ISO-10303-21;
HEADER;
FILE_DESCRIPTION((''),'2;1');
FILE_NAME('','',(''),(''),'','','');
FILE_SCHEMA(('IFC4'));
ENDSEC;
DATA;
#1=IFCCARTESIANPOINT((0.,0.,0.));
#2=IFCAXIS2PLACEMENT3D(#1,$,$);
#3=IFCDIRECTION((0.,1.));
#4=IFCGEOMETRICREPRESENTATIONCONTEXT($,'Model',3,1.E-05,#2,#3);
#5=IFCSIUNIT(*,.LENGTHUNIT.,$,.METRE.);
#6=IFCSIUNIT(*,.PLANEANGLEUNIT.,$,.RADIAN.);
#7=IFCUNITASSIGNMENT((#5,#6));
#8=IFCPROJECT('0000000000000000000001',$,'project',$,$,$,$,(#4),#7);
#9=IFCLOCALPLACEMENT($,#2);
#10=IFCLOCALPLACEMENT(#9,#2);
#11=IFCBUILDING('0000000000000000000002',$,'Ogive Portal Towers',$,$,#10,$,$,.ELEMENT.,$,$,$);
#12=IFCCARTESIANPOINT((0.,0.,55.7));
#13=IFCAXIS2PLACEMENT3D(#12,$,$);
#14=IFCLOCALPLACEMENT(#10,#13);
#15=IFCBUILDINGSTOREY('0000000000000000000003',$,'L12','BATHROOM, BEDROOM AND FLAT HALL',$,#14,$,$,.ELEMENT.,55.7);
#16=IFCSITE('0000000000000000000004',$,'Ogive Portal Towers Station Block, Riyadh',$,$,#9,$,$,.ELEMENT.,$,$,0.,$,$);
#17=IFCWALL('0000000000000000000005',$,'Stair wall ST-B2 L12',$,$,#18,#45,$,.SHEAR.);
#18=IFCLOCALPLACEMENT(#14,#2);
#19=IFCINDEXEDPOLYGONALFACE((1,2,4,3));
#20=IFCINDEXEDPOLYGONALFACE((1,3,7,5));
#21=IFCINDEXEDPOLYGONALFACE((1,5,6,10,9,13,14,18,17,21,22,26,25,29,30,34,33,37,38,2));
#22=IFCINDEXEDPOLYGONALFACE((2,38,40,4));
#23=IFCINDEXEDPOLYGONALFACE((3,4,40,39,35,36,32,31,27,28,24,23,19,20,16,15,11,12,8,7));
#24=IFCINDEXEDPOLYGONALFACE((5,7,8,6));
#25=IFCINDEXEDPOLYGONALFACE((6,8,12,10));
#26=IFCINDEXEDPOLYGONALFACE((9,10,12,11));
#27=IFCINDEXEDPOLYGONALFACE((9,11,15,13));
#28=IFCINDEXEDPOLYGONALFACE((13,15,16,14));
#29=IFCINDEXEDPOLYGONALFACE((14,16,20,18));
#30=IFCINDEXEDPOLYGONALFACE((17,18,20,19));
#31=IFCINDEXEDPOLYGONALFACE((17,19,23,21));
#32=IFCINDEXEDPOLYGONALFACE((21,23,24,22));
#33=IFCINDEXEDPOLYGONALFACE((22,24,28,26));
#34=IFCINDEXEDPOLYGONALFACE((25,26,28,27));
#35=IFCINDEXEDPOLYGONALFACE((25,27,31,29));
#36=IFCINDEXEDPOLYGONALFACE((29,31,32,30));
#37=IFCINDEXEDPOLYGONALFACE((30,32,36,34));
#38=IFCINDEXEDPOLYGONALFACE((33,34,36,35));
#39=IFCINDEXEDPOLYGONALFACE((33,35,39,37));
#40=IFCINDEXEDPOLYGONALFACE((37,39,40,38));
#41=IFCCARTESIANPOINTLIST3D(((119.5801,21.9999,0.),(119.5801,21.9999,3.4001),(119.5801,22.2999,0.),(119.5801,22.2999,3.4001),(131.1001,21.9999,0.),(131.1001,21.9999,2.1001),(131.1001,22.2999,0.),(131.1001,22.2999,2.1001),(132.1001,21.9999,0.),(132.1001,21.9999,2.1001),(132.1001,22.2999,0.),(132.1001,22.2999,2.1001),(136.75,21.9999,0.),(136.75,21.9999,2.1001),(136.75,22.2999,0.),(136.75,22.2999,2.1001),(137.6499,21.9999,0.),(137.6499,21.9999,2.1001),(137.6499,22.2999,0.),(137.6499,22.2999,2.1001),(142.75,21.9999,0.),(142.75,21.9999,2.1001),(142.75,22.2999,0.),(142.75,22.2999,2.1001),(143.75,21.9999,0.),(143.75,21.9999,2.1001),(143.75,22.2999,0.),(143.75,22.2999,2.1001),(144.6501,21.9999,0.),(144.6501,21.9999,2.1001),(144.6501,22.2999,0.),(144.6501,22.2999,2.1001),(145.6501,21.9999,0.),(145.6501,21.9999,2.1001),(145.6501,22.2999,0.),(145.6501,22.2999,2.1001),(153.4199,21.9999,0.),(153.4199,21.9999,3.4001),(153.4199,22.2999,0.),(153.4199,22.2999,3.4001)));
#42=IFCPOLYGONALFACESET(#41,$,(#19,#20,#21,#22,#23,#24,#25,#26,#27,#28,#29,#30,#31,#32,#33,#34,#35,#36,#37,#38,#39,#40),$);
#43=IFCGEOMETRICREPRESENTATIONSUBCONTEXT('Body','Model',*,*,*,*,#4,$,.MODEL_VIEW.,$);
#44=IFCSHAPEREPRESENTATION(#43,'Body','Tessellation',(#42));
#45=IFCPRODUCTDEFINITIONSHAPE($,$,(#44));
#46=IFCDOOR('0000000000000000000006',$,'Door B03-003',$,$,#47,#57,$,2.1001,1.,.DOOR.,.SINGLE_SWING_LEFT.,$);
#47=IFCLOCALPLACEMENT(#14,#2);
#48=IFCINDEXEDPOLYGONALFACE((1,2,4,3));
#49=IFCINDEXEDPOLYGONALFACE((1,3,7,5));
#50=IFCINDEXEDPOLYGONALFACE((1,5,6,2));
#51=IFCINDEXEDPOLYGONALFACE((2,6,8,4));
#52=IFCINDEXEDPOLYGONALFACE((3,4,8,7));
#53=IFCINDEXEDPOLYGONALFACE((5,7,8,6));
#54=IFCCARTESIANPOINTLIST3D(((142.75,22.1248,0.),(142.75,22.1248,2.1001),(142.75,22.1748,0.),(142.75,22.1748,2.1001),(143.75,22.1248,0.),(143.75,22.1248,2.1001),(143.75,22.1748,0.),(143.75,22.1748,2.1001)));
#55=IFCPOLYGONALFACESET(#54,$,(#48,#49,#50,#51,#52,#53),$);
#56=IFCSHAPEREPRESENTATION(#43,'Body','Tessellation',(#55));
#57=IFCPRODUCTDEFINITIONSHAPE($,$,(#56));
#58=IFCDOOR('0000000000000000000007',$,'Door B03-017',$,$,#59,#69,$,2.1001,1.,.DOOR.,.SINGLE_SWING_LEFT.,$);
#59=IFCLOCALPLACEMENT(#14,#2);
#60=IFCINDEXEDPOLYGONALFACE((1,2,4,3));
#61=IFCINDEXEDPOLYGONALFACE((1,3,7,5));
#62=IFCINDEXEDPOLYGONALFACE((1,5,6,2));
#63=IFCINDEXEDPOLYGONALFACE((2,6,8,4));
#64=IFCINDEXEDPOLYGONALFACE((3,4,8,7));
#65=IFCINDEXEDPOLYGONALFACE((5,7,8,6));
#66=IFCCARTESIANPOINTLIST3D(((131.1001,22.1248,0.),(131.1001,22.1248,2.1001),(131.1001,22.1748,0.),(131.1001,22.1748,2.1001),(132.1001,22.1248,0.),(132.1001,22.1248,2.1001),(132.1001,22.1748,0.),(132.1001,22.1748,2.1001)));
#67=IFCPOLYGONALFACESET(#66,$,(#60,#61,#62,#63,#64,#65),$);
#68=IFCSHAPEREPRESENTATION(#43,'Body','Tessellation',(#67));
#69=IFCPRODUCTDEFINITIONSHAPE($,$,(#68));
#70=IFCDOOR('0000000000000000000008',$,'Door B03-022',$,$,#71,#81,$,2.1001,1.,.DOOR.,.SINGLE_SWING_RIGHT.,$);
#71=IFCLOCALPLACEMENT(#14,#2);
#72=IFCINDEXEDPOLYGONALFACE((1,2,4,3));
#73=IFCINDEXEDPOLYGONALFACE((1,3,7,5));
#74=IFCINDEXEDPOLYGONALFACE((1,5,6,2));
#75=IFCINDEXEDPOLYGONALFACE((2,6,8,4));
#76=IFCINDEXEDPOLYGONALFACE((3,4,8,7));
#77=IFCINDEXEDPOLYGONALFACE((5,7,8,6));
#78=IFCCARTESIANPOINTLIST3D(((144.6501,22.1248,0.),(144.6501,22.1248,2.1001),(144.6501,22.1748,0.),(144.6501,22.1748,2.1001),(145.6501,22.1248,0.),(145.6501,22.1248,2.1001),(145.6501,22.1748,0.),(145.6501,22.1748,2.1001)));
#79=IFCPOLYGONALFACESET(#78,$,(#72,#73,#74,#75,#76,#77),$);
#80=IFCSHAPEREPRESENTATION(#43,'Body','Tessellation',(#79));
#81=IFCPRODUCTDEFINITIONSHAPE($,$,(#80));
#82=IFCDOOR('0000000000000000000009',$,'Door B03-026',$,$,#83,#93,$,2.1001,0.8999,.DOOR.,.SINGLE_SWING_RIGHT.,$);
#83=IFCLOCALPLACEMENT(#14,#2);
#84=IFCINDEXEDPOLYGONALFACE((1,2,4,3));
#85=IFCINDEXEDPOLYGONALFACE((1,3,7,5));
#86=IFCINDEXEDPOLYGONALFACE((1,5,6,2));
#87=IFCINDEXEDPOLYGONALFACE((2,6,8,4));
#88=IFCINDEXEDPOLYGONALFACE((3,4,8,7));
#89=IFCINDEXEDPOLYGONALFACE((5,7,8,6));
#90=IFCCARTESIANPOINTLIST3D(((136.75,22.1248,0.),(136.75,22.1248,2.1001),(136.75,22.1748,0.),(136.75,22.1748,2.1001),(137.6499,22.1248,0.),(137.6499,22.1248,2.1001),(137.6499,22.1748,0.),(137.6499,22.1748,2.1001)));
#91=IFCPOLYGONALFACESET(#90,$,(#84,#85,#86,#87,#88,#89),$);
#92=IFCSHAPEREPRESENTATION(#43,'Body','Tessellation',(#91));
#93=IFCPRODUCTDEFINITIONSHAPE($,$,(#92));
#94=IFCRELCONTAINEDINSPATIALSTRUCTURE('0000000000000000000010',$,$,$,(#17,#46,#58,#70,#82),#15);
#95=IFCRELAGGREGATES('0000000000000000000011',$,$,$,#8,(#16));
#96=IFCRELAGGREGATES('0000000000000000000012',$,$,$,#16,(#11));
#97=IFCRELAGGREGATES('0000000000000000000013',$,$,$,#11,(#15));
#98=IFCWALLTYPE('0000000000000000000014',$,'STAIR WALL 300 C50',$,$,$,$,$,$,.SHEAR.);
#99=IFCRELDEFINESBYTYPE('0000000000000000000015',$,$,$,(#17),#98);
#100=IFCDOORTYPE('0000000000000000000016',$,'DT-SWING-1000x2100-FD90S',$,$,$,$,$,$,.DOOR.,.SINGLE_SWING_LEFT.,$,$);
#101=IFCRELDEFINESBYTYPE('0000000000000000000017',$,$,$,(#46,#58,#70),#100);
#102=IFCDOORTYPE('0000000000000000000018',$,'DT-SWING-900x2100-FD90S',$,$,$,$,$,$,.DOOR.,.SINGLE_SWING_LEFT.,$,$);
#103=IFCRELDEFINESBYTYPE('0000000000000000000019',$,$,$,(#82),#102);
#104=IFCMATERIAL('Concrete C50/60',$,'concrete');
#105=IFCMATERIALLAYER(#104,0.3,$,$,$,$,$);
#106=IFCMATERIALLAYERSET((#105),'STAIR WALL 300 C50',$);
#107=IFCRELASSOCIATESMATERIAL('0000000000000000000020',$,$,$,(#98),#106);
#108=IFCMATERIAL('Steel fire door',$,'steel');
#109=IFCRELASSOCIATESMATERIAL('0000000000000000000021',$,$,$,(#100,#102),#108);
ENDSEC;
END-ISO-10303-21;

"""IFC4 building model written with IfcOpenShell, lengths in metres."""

from ifc_helpers import new_model, si_unit, direction, frame, frame_2d, origin, place, context, subcontext, project, spatial, rectangle, extrude, material, layer, layer_set, type_object, element, fill, save


model = new_model("IFC4")

# Units and contexts
model_context = context("Model", 3, precision=1e-05, world=origin(), true_north=direction((0.0, 1.0)))
body_context = subcontext(model_context, "Body", "Model", "MODEL_VIEW")
ifc_project = project(units=[si_unit("LENGTHUNIT", "METRE"), si_unit("PLANEANGLEUNIT", "RADIAN")], contexts=[model_context])

# Site, building, storey
site_placement = place(None, origin())
site = spatial("IfcSite", under=ifc_project, at=site_placement, Name="Ogive Portal Towers Station Block, Riyadh", CompositionType="ELEMENT", RefElevation=0.0)
building_placement = place(site_placement, origin())
building = spatial("IfcBuilding", under=site, at=building_placement, Name="Ogive Portal Towers", CompositionType="ELEMENT")
storey_placement = place(building_placement, frame((0.0, 0.0, 55.7)))
storey = spatial("IfcBuildingStorey", under=building, at=storey_placement, Name="L12", Description="BATHROOM, BEDROOM AND FLAT HALL", CompositionType="ELEMENT", Elevation=55.7)

# Wall, openings, doors
ifc_material_1 = material(Name="Concrete C50/60", Category="concrete")
ifc_layer_1 = layer(ifc_material_1, 0.3)
ifc_layer_set_1 = layer_set([ifc_layer_1], Name="STAIR WALL 300 C50")
wall_type_1 = type_object("IfcWallType", Name="STAIR WALL 300 C50", PredefinedType="SHEAR", material=ifc_layer_set_1)
wall_1_placement = place(storey_placement, frame((119.5801, 22.1499, 0.0), z_axis=(0.0, 0.0, 1.0), x_axis=(1.0, 0.0, 0.0)))
wall_1 = element("IfcWall", 1, at=wall_1_placement, inside=storey, type_object=wall_type_1, Name="Stair wall ST-B2 L12", PredefinedType="SHEAR", context=body_context, shape_type="SweptSolid", body=[
    extrude(rectangle(XDim=33.8398, YDim=0.3, at=frame_2d((16.9199, 0.0))), origin(), (0.0, 0.0, 1.0), 3.4001),
])
opening_1_placement = place(wall_1_placement, frame((23.1699, 0.0, 0.0)))
opening_1 = element("IfcOpeningElement", 2, at=opening_1_placement, cuts=wall_1, PredefinedType="OPENING", context=body_context, shape_type="SweptSolid", body=[
    extrude(rectangle(XDim=1.0, YDim=2.1001, at=frame_2d((0.5, 1.05))), frame((0.0, 0.1602, 0.0), z_axis=(0.0, -1.0, 0.0), x_axis=(1.0, 0.0, 0.0)), (0.0, 0.0, 1.0), 0.3201),
])
opening_2_placement = place(wall_1_placement, frame((11.52, 0.0, 0.0)))
opening_2 = element("IfcOpeningElement", 3, at=opening_2_placement, cuts=wall_1, PredefinedType="OPENING", context=body_context, shape_type="SweptSolid", body=[
    extrude(rectangle(XDim=1.0, YDim=2.1001, at=frame_2d((0.5, 1.05))), frame((0.0, 0.1602, 0.0), z_axis=(0.0, -1.0, 0.0), x_axis=(1.0, 0.0, 0.0)), (0.0, 0.0, 1.0), 0.3201),
])
opening_3_placement = place(wall_1_placement, frame((25.0701, 0.0, 0.0)))
opening_3 = element("IfcOpeningElement", 4, at=opening_3_placement, cuts=wall_1, PredefinedType="OPENING", context=body_context, shape_type="SweptSolid", body=[
    extrude(rectangle(XDim=1.0, YDim=2.1001, at=frame_2d((0.5, 1.05))), frame((0.0, 0.1602, 0.0), z_axis=(0.0, -1.0, 0.0), x_axis=(1.0, 0.0, 0.0)), (0.0, 0.0, 1.0), 0.3201),
])
opening_4_placement = place(wall_1_placement, frame((17.1699, 0.0, 0.0)))
opening_4 = element("IfcOpeningElement", 5, at=opening_4_placement, cuts=wall_1, PredefinedType="OPENING", context=body_context, shape_type="SweptSolid", body=[
    extrude(rectangle(XDim=0.8999, YDim=2.1001, at=frame_2d((0.45, 1.05))), frame((0.0, 0.1602, 0.0), z_axis=(0.0, -1.0, 0.0), x_axis=(1.0, 0.0, 0.0)), (0.0, 0.0, 1.0), 0.3201),
])
ifc_material_2 = material(Name="Steel fire door", Category="steel")
door_type_1 = type_object("IfcDoorType", Name="DT-SWING-1000x2100-FD90S", OperationType="SINGLE_SWING_LEFT", PredefinedType="DOOR", material=ifc_material_2)
door_1_placement = place(opening_1_placement, origin())
door_1 = element("IfcDoor", 6, at=door_1_placement, inside=storey, type_object=door_type_1, Name="Door B03-003", OperationType="SINGLE_SWING_LEFT", OverallHeight=2.1001, OverallWidth=1.0, PredefinedType="DOOR", context=body_context, shape_type="SweptSolid", body=[
    extrude(rectangle(XDim=1.0, YDim=2.1001, at=frame_2d((0.5, 1.05))), frame((0.0, 0.0249, 0.0), z_axis=(0.0, -1.0, 0.0), x_axis=(1.0, 0.0, 0.0)), (0.0, 0.0, 1.0), 0.05),
])
fill(opening_1, door_1)
door_2_placement = place(opening_2_placement, origin())
door_2 = element("IfcDoor", 7, at=door_2_placement, inside=storey, type_object=door_type_1, Name="Door B03-017", OperationType="SINGLE_SWING_LEFT", OverallHeight=2.1001, OverallWidth=1.0, PredefinedType="DOOR", context=body_context, shape_type="SweptSolid", body=[
    extrude(rectangle(XDim=1.0, YDim=2.1001, at=frame_2d((0.5, 1.05))), frame((0.0, 0.0249, 0.0), z_axis=(0.0, -1.0, 0.0), x_axis=(1.0, 0.0, 0.0)), (0.0, 0.0, 1.0), 0.05),
])
fill(opening_2, door_2)
door_3_placement = place(opening_3_placement, origin())
door_3 = element("IfcDoor", 8, at=door_3_placement, inside=storey, type_object=door_type_1, Name="Door B03-022", OperationType="SINGLE_SWING_RIGHT", OverallHeight=2.1001, OverallWidth=1.0, PredefinedType="DOOR", context=body_context, shape_type="SweptSolid", body=[
    extrude(rectangle(XDim=1.0, YDim=2.1001, at=frame_2d((0.5, 1.05))), frame((0.0, 0.0249, 0.0), z_axis=(0.0, -1.0, 0.0), x_axis=(1.0, 0.0, 0.0)), (0.0, 0.0, 1.0), 0.05),
])
fill(opening_3, door_3)
door_type_2 = type_object("IfcDoorType", Name="DT-SWING-900x2100-FD90S", OperationType="SINGLE_SWING_LEFT", PredefinedType="DOOR", material=ifc_material_2)
door_4_placement = place(opening_4_placement, origin())
door_4 = element("IfcDoor", 9, at=door_4_placement, inside=storey, type_object=door_type_2, Name="Door B03-026", OperationType="SINGLE_SWING_RIGHT", OverallHeight=2.1001, OverallWidth=0.8999, PredefinedType="DOOR", context=body_context, shape_type="SweptSolid", body=[
    extrude(rectangle(XDim=0.8999, YDim=2.1001, at=frame_2d((0.45, 1.05))), frame((0.0, 0.0249, 0.0), z_axis=(0.0, -1.0, 0.0), x_axis=(1.0, 0.0, 0.0)), (0.0, 0.0, 1.0), 0.05),
])
fill(opening_4, door_4)

save(model, "model.ifc")
